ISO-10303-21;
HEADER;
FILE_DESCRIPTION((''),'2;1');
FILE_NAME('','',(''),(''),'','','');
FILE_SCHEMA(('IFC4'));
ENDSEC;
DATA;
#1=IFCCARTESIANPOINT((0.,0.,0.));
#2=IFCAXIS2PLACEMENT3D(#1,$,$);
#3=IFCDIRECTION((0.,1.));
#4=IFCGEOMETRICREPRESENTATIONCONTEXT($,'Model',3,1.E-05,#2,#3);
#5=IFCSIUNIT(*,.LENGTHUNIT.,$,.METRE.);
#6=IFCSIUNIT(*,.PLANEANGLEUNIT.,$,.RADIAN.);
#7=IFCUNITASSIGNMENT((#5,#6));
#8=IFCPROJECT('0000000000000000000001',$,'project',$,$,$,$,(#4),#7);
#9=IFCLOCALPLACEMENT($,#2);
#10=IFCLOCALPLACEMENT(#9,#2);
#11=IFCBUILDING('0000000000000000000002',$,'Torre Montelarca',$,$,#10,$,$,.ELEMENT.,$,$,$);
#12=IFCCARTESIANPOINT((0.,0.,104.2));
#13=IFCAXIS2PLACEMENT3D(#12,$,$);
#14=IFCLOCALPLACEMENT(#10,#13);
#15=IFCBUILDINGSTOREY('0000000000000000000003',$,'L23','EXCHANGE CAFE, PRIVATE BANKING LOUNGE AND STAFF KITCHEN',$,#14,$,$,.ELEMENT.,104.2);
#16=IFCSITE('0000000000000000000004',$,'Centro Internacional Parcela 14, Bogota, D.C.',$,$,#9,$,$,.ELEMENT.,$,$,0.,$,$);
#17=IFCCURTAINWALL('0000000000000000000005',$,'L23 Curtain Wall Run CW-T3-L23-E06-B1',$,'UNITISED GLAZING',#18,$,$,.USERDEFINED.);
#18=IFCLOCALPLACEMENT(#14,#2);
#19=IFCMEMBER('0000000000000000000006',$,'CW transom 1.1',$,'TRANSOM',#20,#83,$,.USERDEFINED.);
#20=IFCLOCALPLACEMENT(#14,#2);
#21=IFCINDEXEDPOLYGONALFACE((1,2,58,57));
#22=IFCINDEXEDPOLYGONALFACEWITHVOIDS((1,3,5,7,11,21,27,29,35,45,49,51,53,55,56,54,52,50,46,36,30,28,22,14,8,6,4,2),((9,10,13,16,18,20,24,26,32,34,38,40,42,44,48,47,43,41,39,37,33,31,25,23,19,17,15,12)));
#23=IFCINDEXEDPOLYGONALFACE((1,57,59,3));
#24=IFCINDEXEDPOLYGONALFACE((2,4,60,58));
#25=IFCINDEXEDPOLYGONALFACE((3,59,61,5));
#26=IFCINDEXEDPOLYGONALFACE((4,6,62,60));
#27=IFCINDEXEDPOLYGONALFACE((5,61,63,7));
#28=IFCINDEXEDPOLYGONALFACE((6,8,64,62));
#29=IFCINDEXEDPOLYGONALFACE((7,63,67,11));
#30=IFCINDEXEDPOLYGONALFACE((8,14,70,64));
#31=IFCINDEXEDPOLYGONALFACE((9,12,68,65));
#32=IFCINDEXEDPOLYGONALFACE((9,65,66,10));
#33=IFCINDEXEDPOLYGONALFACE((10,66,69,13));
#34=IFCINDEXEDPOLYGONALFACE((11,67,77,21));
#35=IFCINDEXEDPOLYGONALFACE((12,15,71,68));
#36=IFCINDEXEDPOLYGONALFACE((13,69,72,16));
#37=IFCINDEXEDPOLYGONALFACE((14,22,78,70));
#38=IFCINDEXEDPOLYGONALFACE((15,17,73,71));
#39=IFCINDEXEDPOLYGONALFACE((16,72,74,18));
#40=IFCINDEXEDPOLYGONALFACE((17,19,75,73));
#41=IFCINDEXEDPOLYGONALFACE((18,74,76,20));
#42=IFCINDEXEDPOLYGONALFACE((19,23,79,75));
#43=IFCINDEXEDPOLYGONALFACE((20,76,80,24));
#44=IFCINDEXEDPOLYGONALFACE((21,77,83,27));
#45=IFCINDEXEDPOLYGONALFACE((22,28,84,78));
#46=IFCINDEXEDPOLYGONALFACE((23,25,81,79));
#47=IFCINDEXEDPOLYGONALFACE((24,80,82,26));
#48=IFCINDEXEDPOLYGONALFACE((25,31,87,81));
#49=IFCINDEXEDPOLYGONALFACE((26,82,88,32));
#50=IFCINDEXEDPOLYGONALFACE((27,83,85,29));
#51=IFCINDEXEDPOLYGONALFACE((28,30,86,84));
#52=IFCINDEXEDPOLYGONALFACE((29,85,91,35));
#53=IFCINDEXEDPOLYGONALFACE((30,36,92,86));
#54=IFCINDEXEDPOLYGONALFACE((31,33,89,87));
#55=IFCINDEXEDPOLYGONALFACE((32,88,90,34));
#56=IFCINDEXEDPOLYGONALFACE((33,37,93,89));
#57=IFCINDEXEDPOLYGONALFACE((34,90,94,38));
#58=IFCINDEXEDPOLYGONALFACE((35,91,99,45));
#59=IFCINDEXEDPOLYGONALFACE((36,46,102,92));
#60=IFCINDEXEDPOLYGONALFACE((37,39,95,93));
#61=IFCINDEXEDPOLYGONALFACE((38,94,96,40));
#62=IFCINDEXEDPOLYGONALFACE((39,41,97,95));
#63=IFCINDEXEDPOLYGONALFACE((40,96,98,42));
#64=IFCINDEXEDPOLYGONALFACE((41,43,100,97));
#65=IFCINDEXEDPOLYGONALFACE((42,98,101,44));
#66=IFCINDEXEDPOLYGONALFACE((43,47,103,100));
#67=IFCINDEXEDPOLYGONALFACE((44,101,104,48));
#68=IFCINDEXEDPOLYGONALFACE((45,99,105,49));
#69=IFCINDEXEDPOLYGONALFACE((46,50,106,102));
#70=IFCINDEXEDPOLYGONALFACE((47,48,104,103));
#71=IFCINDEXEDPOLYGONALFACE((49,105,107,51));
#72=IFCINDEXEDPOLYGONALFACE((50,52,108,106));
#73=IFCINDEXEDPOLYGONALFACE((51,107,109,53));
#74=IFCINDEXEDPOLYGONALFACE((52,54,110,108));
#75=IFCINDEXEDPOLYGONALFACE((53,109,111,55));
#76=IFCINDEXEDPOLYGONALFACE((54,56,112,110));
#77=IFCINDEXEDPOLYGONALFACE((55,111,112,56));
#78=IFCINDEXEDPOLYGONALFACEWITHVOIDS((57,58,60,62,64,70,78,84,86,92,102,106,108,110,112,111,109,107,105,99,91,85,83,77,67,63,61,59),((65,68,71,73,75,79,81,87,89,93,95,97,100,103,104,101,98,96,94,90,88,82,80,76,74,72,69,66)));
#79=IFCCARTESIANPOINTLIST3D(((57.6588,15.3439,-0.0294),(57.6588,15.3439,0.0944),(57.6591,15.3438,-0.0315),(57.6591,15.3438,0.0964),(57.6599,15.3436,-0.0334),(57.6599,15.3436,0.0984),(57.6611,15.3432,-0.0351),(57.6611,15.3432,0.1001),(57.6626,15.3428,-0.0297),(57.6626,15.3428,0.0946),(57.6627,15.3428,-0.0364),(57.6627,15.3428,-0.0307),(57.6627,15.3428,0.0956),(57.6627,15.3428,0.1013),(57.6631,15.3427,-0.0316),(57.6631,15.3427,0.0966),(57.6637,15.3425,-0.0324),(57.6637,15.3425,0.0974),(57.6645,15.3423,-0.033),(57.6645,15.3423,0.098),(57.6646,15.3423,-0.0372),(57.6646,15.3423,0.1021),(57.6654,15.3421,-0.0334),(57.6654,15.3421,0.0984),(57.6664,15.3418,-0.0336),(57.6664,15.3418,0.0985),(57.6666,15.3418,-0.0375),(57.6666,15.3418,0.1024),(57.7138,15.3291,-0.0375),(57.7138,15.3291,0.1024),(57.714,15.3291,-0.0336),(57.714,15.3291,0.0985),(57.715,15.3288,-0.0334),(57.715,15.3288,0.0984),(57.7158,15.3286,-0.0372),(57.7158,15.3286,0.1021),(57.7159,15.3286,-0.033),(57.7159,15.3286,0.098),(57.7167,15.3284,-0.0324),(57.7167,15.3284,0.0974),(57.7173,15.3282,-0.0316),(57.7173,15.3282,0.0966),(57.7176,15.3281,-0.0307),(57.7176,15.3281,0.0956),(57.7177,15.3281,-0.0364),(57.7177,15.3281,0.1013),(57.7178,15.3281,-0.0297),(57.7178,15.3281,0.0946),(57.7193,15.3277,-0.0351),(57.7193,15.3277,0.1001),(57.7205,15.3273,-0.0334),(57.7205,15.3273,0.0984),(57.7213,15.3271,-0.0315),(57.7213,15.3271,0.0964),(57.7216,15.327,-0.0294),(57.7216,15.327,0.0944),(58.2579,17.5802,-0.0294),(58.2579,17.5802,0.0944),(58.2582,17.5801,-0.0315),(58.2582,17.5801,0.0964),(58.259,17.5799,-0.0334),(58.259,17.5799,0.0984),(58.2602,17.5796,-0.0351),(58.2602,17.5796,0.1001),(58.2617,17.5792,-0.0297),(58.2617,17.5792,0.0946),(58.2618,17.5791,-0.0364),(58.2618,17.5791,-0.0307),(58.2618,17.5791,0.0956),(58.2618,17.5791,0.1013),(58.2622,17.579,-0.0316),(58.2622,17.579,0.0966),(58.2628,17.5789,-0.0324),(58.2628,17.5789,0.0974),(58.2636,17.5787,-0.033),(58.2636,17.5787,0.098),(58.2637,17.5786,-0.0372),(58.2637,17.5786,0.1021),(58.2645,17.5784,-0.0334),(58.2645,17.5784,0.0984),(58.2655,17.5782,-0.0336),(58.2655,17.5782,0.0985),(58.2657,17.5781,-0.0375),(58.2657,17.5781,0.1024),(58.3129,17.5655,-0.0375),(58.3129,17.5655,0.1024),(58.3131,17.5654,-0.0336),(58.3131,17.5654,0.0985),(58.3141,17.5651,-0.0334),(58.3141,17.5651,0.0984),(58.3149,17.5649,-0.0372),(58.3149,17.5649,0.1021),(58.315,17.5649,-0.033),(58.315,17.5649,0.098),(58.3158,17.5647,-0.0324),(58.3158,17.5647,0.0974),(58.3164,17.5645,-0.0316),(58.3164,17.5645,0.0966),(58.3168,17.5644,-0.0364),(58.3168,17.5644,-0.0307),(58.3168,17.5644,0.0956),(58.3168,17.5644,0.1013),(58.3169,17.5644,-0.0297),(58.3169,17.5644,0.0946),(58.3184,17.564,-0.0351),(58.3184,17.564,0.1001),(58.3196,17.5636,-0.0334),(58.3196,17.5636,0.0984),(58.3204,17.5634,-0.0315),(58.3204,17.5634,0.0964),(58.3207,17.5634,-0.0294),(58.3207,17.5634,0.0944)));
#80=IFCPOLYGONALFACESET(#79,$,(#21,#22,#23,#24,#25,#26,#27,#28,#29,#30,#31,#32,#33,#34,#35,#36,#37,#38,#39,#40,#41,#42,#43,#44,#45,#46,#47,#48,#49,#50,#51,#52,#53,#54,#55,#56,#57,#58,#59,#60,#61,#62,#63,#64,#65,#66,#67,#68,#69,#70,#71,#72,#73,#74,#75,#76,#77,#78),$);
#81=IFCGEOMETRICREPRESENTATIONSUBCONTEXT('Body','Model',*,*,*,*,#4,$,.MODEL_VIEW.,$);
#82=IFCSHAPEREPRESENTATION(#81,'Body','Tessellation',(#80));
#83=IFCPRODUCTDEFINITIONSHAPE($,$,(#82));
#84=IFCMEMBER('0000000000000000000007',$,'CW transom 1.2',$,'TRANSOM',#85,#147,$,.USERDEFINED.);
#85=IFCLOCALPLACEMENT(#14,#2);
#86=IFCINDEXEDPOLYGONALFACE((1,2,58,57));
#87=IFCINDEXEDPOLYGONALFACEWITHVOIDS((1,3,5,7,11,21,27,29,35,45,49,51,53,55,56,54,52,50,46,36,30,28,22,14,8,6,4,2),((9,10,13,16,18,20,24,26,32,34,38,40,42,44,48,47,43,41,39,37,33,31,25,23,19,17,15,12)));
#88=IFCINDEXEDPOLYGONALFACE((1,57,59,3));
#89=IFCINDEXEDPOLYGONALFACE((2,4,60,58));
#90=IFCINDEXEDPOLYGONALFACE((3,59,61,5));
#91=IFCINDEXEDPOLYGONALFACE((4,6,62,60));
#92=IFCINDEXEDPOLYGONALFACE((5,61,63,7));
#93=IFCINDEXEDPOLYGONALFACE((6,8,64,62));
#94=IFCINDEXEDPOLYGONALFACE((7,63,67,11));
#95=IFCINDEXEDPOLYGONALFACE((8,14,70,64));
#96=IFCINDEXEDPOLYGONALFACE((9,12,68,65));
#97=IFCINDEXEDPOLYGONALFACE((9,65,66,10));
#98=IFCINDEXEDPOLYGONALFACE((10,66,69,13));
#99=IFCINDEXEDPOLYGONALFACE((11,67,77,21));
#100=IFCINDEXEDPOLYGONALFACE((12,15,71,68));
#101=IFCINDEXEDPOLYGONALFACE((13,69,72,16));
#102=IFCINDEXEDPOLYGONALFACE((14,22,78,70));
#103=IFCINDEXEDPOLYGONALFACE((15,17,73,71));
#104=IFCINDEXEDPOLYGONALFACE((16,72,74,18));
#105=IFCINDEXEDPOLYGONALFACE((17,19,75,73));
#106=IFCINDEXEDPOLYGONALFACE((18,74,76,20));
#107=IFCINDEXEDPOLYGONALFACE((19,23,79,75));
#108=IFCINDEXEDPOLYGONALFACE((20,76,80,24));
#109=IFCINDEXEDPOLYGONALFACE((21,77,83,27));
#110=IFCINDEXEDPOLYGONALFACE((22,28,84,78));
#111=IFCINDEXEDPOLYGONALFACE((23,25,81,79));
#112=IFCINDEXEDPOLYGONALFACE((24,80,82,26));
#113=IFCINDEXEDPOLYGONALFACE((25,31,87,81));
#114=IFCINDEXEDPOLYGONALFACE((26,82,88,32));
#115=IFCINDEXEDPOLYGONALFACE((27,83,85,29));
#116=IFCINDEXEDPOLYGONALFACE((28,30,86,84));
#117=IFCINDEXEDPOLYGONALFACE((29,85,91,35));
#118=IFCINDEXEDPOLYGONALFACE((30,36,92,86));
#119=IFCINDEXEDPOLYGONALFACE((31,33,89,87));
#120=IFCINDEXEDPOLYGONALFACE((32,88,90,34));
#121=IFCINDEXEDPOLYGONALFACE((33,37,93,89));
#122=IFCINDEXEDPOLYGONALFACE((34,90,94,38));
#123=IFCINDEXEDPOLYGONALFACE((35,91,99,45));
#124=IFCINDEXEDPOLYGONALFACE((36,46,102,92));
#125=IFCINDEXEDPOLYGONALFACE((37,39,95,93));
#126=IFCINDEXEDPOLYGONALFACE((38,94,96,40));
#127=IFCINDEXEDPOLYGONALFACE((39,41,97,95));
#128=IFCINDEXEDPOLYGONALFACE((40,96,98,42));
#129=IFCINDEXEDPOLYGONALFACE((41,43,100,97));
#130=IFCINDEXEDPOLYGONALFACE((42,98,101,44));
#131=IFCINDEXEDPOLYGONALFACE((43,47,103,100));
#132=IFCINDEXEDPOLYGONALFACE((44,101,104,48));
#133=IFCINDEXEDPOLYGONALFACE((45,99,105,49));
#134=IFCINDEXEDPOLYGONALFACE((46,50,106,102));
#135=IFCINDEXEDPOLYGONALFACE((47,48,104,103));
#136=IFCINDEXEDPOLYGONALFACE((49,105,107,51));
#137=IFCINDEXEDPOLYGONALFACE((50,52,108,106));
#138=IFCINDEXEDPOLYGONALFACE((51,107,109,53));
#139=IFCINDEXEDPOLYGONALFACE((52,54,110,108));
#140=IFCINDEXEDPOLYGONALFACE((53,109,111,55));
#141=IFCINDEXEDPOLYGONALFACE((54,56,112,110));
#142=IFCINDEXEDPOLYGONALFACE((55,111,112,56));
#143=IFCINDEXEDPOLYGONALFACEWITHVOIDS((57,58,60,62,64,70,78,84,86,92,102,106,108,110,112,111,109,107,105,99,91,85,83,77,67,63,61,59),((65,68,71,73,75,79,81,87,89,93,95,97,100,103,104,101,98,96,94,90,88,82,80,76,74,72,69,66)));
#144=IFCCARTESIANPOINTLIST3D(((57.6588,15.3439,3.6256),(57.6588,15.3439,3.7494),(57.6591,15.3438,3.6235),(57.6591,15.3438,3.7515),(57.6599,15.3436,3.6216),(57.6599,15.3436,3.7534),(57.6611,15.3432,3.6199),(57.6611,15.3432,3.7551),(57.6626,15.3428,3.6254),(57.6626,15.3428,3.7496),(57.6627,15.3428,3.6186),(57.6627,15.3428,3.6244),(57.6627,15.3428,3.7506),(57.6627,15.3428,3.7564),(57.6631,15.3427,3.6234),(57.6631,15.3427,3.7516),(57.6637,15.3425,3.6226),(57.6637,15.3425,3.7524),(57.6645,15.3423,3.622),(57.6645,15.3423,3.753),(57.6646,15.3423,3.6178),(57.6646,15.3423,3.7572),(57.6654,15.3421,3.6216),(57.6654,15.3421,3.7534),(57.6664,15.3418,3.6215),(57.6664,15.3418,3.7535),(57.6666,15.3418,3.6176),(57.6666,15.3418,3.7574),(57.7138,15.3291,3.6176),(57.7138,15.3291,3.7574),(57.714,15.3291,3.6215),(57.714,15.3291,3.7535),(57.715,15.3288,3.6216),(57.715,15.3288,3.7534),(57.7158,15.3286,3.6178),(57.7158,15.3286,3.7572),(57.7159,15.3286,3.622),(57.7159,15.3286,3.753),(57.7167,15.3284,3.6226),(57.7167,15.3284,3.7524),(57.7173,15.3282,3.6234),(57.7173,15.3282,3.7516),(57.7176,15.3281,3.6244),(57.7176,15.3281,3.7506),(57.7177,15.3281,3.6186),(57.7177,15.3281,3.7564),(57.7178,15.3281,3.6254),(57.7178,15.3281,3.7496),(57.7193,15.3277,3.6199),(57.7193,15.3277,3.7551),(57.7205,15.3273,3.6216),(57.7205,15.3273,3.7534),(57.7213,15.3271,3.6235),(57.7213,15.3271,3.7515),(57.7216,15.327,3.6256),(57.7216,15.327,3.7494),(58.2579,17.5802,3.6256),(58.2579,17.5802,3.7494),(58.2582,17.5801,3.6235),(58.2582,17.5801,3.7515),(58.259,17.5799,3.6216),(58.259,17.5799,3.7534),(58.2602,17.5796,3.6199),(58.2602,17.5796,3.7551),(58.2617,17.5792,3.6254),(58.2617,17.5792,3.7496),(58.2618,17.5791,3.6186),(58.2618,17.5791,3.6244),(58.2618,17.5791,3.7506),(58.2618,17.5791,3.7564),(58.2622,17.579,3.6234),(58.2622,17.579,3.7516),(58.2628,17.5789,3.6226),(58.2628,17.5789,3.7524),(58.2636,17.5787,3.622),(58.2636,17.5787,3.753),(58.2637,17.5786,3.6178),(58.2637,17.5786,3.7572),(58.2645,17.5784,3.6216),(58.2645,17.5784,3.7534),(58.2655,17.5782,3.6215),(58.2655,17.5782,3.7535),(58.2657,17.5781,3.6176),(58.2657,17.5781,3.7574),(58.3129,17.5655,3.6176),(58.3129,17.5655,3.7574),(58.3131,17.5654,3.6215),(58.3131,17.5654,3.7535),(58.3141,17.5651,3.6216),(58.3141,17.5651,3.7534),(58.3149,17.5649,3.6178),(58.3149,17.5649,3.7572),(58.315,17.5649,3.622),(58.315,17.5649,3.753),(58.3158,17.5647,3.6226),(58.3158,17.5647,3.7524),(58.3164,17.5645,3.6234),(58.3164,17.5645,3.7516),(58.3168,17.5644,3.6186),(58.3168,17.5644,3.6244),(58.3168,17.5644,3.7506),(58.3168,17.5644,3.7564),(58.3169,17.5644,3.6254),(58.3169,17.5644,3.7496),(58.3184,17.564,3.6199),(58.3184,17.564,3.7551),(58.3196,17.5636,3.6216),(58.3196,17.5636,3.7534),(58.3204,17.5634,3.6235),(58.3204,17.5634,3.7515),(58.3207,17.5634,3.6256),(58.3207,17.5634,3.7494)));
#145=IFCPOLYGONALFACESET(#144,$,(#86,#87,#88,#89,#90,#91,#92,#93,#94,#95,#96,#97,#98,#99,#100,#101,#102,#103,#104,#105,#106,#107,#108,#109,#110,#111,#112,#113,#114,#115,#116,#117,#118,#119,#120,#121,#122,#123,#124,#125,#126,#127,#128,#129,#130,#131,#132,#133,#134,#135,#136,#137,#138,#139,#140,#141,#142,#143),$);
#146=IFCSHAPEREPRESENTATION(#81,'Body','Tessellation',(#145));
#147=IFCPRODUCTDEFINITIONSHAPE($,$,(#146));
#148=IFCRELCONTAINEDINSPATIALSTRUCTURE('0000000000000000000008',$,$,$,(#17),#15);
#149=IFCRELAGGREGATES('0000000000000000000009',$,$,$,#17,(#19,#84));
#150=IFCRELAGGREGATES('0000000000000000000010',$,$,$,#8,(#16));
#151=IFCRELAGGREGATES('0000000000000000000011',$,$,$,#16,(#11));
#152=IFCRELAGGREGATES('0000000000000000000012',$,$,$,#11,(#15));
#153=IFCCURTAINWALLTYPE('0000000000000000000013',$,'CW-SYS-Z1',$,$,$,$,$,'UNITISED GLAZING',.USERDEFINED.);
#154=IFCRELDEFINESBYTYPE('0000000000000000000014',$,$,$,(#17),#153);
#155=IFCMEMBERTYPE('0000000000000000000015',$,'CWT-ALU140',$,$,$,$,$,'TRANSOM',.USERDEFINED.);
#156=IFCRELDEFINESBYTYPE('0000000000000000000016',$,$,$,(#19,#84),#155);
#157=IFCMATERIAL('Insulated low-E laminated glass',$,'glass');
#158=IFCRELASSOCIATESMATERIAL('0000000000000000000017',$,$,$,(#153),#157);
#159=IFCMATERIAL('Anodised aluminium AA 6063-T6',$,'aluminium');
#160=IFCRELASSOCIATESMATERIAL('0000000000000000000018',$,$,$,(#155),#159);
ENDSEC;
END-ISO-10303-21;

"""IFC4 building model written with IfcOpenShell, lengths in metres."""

from ifc_helpers import new_model, si_unit, direction, frame, origin, origin_2d, place, context, subcontext, project, spatial, hollow_rectangle, extrude, source, transform, mapped, material, material_profile, profile_set, type_object, element, aggregate, save


model = new_model("IFC4")

# Units and contexts
model_context = context("Model", 3, precision=1e-05, world=origin(), true_north=direction((0.0, 1.0)))
body_context = subcontext(model_context, "Body", "Model", "MODEL_VIEW")
ifc_project = project(units=[si_unit("LENGTHUNIT", "METRE"), si_unit("PLANEANGLEUNIT", "RADIAN")], contexts=[model_context])

# Site, building, storey
site_placement = place(None, origin())
site = spatial("IfcSite", under=ifc_project, at=site_placement, Name="Centro Internacional Parcela 14, Bogota, D.C.", CompositionType="ELEMENT", RefElevation=0.0)
building_placement = place(site_placement, origin())
building = spatial("IfcBuilding", under=site, at=building_placement, Name="Torre Montelarca", CompositionType="ELEMENT")
storey_placement = place(building_placement, frame((0.0, 0.0, 104.2)))
storey = spatial("IfcBuildingStorey", under=building, at=storey_placement, Name="L23", Description="EXCHANGE CAFE, PRIVATE BANKING LOUNGE AND STAFF KITCHEN", CompositionType="ELEMENT", Elevation=104.2)

# Curtain wall, members
ifc_material_1 = material(Name="Insulated low-E laminated glass", Category="glass")
curtain_wall_type = type_object("IfcCurtainWallType", Name="CW-SYS-Z1", ElementType="UNITISED GLAZING", PredefinedType="USERDEFINED", material=ifc_material_1)
ifc_material_2 = material(Name="Anodised aluminium AA 6063-T6", Category="aluminium")
ifc_material_profile_1 = material_profile(ifc_material_2, hollow_rectangle(XDim=0.0649, YDim=0.1399, WallThickness=0.0039, InnerFilletRadius=0.0039, OuterFilletRadius=0.0081, at=origin_2d()), Name="ALU65X140X4", Category="aluminium")
ifc_profile_set_1 = profile_set([ifc_material_profile_1], Name="Anodised aluminium AA 6063-T6")
member_type_1 = type_object("IfcMemberType", Name="CWT-ALU140", ElementType="TRANSOM", PredefinedType="USERDEFINED", material=ifc_profile_set_1)
curtain_wall_1_placement = place(storey_placement, origin())
curtain_wall_1 = element("IfcCurtainWall", 1, at=curtain_wall_1_placement, inside=storey, type_object=curtain_wall_type, Name="L23 Curtain Wall Run CW-T3-L23-E06-B1", ObjectType="UNITISED GLAZING", PredefinedType="USERDEFINED")
shared_shape_1 = source(origin(), body_context, "Body", "SweptSolid", [
    extrude(hollow_rectangle(XDim=0.0649, YDim=0.1399, WallThickness=0.0039, InnerFilletRadius=0.0039, OuterFilletRadius=0.0081, at=origin_2d()), origin(), (0.0, 0.0, 1.0), 2.3152),
])
member_1_placement = place(storey_placement, frame((57.6902, 15.3354, 0.0325), z_axis=(0.258778, 0.965937, 0.0), x_axis=(-0.965937, 0.258778, 0.0)))
member_1 = element("IfcMember", 2, at=member_1_placement, type_object=member_type_1, Name="CW transom 1.1", ObjectType="TRANSOM", PredefinedType="USERDEFINED", context=body_context, shape_type="MappedRepresentation", body=[
    mapped(shared_shape_1, transform((0.0, 0.0, 0.0), scale=1.0)),
])
member_2_placement = place(storey_placement, frame((57.6902, 15.3354, 3.6875), z_axis=(0.258778, 0.965937, 0.0), x_axis=(-0.965937, 0.258778, 0.0)))
member_2 = element("IfcMember", 3, at=member_2_placement, type_object=member_type_1, Name="CW transom 1.2", ObjectType="TRANSOM", PredefinedType="USERDEFINED", context=body_context, shape_type="MappedRepresentation", body=[
    mapped(shared_shape_1, transform((0.0, 0.0, 0.0), scale=1.0)),
])

aggregate(curtain_wall_1, [member_1, member_2])

save(model, "model.ifc")
